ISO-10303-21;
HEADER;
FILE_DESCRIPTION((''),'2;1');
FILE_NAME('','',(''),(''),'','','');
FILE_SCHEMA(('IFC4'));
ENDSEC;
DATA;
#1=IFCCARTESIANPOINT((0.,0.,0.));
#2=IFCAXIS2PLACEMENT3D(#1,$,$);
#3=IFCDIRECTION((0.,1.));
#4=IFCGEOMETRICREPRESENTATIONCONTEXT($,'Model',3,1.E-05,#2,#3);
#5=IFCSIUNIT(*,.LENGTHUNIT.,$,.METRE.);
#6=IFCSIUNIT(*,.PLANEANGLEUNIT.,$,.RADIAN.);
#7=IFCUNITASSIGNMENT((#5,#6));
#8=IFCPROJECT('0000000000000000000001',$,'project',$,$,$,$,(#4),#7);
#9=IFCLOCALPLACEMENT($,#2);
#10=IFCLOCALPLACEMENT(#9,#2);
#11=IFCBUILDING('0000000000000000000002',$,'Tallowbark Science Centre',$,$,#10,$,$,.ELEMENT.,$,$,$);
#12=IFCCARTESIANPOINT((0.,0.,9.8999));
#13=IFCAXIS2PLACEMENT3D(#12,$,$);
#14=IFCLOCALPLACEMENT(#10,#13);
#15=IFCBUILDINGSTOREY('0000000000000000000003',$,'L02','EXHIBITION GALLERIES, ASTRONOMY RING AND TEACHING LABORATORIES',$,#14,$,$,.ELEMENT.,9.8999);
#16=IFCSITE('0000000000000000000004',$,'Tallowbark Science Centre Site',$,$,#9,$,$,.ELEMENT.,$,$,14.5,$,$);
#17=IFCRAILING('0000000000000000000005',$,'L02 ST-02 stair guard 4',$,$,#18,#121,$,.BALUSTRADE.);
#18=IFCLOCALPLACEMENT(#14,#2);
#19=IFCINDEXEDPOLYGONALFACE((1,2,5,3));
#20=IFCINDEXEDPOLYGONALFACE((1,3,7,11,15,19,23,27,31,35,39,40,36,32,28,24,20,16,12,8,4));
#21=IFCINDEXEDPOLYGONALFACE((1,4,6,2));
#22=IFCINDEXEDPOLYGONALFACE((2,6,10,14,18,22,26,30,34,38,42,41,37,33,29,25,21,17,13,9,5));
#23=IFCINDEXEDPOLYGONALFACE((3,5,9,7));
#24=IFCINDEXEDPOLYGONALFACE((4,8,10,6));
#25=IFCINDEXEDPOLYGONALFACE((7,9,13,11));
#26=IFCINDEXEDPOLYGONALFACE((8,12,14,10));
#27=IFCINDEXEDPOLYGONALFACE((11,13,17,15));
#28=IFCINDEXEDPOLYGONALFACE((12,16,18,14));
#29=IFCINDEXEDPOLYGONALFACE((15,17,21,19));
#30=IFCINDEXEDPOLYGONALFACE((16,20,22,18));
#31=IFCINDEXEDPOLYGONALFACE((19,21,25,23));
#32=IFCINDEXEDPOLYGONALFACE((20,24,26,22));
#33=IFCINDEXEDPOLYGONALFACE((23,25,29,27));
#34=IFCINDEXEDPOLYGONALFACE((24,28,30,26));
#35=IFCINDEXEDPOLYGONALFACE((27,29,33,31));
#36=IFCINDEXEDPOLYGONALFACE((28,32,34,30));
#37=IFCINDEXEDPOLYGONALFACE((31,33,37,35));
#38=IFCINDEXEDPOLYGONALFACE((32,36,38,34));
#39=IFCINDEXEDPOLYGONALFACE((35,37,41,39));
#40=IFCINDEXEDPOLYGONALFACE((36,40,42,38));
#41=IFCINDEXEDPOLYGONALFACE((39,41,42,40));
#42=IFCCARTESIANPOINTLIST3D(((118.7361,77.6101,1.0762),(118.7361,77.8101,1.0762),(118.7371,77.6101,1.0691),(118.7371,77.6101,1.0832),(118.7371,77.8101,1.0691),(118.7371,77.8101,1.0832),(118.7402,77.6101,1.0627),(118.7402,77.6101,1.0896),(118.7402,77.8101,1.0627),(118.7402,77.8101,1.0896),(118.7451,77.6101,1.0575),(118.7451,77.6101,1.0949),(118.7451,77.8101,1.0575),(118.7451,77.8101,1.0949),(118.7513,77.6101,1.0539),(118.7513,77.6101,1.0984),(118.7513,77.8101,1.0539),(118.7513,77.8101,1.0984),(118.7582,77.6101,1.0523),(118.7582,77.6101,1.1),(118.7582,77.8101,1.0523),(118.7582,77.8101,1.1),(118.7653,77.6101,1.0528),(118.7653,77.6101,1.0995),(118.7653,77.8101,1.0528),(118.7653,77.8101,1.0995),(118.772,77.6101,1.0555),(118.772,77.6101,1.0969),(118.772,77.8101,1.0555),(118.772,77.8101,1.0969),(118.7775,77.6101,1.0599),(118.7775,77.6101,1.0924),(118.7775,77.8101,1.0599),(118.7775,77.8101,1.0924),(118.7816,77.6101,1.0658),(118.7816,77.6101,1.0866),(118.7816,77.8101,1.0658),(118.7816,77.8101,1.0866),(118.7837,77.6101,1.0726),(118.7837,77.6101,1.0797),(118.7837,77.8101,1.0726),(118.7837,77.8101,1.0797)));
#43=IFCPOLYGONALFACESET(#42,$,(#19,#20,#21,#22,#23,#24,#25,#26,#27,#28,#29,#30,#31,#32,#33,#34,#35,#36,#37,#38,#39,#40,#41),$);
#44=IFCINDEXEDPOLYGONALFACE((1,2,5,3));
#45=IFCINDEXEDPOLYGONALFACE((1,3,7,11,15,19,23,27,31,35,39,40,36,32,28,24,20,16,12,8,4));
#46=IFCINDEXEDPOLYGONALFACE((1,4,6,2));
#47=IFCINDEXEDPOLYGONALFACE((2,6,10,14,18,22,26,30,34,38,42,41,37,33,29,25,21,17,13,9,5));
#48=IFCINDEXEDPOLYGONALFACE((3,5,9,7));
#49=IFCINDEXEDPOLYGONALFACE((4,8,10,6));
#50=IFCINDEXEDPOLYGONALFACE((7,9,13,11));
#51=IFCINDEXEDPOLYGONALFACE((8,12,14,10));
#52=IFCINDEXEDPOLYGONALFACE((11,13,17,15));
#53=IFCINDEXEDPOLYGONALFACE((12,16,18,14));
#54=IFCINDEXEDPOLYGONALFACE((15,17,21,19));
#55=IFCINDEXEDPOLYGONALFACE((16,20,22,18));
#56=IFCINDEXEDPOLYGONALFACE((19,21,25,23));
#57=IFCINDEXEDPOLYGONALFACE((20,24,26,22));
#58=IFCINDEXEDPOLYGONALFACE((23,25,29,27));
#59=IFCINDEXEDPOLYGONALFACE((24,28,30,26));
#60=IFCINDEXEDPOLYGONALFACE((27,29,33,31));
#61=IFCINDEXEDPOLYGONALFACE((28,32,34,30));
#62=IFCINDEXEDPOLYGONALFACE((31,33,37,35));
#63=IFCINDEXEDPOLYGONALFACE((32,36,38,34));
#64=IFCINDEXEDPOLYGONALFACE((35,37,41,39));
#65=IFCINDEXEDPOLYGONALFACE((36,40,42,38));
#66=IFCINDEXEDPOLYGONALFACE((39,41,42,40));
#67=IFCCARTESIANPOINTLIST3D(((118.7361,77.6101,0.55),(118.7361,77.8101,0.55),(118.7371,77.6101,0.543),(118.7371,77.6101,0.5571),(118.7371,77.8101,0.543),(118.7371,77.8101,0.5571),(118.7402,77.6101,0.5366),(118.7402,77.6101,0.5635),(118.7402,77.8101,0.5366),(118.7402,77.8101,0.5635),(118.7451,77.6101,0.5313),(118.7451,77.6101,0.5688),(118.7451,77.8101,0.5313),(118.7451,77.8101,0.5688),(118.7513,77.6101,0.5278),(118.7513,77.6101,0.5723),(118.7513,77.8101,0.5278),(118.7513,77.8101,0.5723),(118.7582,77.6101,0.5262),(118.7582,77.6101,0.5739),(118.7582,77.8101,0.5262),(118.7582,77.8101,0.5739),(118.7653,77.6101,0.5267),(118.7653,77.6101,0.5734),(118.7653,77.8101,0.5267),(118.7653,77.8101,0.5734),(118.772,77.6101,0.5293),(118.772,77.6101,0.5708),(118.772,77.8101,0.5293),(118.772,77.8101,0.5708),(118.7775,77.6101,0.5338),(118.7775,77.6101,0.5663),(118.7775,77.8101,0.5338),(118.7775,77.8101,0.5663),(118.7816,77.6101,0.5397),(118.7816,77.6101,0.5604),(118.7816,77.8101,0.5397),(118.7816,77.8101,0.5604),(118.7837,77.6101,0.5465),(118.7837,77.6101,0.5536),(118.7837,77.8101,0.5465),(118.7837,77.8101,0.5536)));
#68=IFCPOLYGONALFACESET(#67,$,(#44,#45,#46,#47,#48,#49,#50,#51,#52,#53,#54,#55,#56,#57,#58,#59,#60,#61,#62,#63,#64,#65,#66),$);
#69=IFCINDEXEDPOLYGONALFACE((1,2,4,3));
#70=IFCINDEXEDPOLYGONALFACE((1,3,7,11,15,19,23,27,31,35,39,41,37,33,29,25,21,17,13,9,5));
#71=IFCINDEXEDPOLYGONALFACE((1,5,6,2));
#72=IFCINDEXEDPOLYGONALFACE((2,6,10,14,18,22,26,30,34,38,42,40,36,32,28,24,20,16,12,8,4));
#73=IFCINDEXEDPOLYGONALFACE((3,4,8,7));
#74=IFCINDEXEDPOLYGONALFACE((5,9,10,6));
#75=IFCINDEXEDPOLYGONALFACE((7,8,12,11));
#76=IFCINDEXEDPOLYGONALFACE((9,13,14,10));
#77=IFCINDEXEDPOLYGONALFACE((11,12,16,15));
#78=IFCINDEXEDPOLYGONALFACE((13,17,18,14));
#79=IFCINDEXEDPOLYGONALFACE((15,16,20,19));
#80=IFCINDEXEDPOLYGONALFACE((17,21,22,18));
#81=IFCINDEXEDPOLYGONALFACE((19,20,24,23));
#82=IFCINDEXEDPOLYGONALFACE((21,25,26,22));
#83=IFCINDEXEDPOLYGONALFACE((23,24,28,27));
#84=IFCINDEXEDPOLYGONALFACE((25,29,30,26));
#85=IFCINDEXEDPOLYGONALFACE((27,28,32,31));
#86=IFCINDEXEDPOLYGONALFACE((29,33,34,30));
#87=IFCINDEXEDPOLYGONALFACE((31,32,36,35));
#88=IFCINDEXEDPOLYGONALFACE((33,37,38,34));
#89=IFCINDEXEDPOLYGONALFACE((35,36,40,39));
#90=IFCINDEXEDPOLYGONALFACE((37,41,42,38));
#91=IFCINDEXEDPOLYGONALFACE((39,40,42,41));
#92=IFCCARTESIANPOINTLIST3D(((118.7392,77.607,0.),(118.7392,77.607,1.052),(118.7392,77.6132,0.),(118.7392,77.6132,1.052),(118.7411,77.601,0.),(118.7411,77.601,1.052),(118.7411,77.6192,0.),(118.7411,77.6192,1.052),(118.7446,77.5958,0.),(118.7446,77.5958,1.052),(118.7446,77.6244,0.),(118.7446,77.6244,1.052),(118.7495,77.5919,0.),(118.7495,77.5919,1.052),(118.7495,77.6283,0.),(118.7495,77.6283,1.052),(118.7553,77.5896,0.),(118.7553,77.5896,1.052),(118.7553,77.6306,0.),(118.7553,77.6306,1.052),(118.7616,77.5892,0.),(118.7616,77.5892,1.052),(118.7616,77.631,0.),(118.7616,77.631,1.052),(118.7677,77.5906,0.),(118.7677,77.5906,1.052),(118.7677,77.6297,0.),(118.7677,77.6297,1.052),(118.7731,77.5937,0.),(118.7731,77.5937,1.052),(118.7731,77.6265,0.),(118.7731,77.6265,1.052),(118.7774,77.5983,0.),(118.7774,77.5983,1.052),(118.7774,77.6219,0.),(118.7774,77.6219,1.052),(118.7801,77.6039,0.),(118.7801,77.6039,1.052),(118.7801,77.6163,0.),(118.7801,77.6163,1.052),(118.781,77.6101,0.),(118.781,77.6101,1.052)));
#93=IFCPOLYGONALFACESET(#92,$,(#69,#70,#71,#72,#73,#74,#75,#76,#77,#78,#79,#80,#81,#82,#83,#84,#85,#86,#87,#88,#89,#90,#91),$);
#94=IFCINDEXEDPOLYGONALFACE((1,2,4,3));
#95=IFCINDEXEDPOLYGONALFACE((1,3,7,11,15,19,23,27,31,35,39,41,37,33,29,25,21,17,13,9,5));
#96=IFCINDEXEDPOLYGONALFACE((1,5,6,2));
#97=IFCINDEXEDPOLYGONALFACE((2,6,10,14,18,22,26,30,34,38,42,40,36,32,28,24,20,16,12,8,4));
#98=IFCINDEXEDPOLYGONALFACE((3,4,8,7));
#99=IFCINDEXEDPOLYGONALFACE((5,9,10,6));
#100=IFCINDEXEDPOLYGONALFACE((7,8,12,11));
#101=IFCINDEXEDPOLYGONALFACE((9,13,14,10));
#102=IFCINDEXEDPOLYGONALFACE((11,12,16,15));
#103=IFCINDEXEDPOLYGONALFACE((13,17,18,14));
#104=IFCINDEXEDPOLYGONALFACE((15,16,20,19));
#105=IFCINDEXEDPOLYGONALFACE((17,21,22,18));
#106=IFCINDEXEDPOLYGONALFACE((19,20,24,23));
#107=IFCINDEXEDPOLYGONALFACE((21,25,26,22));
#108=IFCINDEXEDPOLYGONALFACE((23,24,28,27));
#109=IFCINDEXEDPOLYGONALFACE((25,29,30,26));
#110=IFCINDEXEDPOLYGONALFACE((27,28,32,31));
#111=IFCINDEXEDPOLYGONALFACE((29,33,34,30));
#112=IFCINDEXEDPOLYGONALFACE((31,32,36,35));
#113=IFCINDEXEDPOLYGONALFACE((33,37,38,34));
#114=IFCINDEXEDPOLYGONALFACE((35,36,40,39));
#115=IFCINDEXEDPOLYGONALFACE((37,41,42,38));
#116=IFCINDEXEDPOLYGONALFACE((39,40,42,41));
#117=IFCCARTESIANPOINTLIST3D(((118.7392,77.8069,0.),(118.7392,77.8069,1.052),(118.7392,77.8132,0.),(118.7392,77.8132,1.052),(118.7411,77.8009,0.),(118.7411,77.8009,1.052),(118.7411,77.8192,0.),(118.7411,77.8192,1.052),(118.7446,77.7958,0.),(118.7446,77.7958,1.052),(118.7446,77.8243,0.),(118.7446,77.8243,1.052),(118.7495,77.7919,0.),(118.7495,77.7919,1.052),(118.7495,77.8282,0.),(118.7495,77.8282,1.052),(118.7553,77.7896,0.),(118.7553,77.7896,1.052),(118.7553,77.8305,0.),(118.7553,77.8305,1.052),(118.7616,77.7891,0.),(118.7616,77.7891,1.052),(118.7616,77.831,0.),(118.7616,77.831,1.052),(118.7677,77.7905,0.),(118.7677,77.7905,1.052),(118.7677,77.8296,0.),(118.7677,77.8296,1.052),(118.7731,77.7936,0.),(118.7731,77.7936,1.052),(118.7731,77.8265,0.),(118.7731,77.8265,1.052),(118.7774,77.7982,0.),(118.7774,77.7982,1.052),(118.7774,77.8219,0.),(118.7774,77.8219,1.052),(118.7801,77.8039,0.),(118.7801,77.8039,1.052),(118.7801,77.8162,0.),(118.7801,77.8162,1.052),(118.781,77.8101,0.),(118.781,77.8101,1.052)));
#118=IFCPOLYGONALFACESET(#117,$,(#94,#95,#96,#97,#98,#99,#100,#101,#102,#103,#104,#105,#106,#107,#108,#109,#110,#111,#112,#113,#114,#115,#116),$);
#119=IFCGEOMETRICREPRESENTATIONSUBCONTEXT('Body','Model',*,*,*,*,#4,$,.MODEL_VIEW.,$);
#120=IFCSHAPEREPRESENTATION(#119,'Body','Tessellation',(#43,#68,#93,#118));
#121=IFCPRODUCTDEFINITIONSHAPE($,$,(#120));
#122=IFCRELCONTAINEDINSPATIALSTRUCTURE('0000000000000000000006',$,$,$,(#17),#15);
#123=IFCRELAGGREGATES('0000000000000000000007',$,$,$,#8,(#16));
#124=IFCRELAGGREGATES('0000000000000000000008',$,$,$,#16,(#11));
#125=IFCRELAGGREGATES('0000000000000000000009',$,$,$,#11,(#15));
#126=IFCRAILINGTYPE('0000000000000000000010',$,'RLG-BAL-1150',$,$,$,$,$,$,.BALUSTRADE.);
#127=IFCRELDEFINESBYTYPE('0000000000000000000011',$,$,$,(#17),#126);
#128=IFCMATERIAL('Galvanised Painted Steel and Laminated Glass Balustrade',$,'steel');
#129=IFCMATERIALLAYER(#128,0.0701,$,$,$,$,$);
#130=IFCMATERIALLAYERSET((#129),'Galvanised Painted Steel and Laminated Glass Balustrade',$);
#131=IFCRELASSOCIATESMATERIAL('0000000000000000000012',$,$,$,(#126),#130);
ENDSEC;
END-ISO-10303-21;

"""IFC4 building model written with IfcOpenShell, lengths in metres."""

from ifc_helpers import new_model, si_unit, direction, frame, origin, origin_2d, place, context, subcontext, project, spatial, circle, extrude, material, layer, layer_set, type_object, element, save


model = new_model("IFC4")

# Units and contexts
model_context = context("Model", 3, precision=1e-05, world=origin(), true_north=direction((0.0, 1.0)))
body_context = subcontext(model_context, "Body", "Model", "MODEL_VIEW")
ifc_project = project(units=[si_unit("LENGTHUNIT", "METRE"), si_unit("PLANEANGLEUNIT", "RADIAN")], contexts=[model_context])

# Site, building, storey
site_placement = place(None, origin())
site = spatial("IfcSite", under=ifc_project, at=site_placement, Name="Tallowbark Science Centre Site", CompositionType="ELEMENT", RefElevation=14.5)
building_placement = place(site_placement, origin())
building = spatial("IfcBuilding", under=site, at=building_placement, Name="Tallowbark Science Centre", CompositionType="ELEMENT")
storey_placement = place(building_placement, frame((0.0, 0.0, 9.8999)))
storey = spatial("IfcBuildingStorey", under=building, at=storey_placement, Name="L02", Description="EXHIBITION GALLERIES, ASTRONOMY RING AND TEACHING LABORATORIES", CompositionType="ELEMENT", Elevation=9.8999)

# Railing
ifc_material_1 = material(Name="Galvanised Painted Steel and Laminated Glass Balustrade", Category="steel")
ifc_layer_1 = layer(ifc_material_1, 0.0701)
ifc_layer_set_1 = layer_set([ifc_layer_1], Name="Galvanised Painted Steel and Laminated Glass Balustrade")
railing_type_1 = type_object("IfcRailingType", Name="RLG-BAL-1150", PredefinedType="BALUSTRADE", material=ifc_layer_set_1)
railing_1_placement = place(storey_placement, frame((118.76, 77.6101, 0.0)))
element("IfcRailing", 1, at=railing_1_placement, inside=storey, type_object=railing_type_1, Name="L02 ST-02 stair guard 4", PredefinedType="BALUSTRADE", context=body_context, shape_type="SweptSolid", body=[
    extrude(circle(Radius=0.0239, at=origin_2d()), frame((0.0, 0.0, 1.0762), z_axis=(0.0, 1.0, 0.0), x_axis=(-1.0, 0.0, 0.0)), (0.0, 0.0, 1.0), 0.2),
    extrude(circle(Radius=0.0239, at=origin_2d()), frame((0.0, 0.0, 0.55), z_axis=(0.0, 1.0, 0.0), x_axis=(-1.0, 0.0, 0.0)), (0.0, 0.0, 1.0), 0.2),
    extrude(circle(Radius=0.021, at=origin_2d()), origin(), (0.0, 0.0, 1.0), 1.052),
    extrude(circle(Radius=0.021, at=origin_2d()), frame((0.0, 0.2, 0.0)), (0.0, 0.0, 1.0), 1.052),
])

save(model, "model.ifc")
